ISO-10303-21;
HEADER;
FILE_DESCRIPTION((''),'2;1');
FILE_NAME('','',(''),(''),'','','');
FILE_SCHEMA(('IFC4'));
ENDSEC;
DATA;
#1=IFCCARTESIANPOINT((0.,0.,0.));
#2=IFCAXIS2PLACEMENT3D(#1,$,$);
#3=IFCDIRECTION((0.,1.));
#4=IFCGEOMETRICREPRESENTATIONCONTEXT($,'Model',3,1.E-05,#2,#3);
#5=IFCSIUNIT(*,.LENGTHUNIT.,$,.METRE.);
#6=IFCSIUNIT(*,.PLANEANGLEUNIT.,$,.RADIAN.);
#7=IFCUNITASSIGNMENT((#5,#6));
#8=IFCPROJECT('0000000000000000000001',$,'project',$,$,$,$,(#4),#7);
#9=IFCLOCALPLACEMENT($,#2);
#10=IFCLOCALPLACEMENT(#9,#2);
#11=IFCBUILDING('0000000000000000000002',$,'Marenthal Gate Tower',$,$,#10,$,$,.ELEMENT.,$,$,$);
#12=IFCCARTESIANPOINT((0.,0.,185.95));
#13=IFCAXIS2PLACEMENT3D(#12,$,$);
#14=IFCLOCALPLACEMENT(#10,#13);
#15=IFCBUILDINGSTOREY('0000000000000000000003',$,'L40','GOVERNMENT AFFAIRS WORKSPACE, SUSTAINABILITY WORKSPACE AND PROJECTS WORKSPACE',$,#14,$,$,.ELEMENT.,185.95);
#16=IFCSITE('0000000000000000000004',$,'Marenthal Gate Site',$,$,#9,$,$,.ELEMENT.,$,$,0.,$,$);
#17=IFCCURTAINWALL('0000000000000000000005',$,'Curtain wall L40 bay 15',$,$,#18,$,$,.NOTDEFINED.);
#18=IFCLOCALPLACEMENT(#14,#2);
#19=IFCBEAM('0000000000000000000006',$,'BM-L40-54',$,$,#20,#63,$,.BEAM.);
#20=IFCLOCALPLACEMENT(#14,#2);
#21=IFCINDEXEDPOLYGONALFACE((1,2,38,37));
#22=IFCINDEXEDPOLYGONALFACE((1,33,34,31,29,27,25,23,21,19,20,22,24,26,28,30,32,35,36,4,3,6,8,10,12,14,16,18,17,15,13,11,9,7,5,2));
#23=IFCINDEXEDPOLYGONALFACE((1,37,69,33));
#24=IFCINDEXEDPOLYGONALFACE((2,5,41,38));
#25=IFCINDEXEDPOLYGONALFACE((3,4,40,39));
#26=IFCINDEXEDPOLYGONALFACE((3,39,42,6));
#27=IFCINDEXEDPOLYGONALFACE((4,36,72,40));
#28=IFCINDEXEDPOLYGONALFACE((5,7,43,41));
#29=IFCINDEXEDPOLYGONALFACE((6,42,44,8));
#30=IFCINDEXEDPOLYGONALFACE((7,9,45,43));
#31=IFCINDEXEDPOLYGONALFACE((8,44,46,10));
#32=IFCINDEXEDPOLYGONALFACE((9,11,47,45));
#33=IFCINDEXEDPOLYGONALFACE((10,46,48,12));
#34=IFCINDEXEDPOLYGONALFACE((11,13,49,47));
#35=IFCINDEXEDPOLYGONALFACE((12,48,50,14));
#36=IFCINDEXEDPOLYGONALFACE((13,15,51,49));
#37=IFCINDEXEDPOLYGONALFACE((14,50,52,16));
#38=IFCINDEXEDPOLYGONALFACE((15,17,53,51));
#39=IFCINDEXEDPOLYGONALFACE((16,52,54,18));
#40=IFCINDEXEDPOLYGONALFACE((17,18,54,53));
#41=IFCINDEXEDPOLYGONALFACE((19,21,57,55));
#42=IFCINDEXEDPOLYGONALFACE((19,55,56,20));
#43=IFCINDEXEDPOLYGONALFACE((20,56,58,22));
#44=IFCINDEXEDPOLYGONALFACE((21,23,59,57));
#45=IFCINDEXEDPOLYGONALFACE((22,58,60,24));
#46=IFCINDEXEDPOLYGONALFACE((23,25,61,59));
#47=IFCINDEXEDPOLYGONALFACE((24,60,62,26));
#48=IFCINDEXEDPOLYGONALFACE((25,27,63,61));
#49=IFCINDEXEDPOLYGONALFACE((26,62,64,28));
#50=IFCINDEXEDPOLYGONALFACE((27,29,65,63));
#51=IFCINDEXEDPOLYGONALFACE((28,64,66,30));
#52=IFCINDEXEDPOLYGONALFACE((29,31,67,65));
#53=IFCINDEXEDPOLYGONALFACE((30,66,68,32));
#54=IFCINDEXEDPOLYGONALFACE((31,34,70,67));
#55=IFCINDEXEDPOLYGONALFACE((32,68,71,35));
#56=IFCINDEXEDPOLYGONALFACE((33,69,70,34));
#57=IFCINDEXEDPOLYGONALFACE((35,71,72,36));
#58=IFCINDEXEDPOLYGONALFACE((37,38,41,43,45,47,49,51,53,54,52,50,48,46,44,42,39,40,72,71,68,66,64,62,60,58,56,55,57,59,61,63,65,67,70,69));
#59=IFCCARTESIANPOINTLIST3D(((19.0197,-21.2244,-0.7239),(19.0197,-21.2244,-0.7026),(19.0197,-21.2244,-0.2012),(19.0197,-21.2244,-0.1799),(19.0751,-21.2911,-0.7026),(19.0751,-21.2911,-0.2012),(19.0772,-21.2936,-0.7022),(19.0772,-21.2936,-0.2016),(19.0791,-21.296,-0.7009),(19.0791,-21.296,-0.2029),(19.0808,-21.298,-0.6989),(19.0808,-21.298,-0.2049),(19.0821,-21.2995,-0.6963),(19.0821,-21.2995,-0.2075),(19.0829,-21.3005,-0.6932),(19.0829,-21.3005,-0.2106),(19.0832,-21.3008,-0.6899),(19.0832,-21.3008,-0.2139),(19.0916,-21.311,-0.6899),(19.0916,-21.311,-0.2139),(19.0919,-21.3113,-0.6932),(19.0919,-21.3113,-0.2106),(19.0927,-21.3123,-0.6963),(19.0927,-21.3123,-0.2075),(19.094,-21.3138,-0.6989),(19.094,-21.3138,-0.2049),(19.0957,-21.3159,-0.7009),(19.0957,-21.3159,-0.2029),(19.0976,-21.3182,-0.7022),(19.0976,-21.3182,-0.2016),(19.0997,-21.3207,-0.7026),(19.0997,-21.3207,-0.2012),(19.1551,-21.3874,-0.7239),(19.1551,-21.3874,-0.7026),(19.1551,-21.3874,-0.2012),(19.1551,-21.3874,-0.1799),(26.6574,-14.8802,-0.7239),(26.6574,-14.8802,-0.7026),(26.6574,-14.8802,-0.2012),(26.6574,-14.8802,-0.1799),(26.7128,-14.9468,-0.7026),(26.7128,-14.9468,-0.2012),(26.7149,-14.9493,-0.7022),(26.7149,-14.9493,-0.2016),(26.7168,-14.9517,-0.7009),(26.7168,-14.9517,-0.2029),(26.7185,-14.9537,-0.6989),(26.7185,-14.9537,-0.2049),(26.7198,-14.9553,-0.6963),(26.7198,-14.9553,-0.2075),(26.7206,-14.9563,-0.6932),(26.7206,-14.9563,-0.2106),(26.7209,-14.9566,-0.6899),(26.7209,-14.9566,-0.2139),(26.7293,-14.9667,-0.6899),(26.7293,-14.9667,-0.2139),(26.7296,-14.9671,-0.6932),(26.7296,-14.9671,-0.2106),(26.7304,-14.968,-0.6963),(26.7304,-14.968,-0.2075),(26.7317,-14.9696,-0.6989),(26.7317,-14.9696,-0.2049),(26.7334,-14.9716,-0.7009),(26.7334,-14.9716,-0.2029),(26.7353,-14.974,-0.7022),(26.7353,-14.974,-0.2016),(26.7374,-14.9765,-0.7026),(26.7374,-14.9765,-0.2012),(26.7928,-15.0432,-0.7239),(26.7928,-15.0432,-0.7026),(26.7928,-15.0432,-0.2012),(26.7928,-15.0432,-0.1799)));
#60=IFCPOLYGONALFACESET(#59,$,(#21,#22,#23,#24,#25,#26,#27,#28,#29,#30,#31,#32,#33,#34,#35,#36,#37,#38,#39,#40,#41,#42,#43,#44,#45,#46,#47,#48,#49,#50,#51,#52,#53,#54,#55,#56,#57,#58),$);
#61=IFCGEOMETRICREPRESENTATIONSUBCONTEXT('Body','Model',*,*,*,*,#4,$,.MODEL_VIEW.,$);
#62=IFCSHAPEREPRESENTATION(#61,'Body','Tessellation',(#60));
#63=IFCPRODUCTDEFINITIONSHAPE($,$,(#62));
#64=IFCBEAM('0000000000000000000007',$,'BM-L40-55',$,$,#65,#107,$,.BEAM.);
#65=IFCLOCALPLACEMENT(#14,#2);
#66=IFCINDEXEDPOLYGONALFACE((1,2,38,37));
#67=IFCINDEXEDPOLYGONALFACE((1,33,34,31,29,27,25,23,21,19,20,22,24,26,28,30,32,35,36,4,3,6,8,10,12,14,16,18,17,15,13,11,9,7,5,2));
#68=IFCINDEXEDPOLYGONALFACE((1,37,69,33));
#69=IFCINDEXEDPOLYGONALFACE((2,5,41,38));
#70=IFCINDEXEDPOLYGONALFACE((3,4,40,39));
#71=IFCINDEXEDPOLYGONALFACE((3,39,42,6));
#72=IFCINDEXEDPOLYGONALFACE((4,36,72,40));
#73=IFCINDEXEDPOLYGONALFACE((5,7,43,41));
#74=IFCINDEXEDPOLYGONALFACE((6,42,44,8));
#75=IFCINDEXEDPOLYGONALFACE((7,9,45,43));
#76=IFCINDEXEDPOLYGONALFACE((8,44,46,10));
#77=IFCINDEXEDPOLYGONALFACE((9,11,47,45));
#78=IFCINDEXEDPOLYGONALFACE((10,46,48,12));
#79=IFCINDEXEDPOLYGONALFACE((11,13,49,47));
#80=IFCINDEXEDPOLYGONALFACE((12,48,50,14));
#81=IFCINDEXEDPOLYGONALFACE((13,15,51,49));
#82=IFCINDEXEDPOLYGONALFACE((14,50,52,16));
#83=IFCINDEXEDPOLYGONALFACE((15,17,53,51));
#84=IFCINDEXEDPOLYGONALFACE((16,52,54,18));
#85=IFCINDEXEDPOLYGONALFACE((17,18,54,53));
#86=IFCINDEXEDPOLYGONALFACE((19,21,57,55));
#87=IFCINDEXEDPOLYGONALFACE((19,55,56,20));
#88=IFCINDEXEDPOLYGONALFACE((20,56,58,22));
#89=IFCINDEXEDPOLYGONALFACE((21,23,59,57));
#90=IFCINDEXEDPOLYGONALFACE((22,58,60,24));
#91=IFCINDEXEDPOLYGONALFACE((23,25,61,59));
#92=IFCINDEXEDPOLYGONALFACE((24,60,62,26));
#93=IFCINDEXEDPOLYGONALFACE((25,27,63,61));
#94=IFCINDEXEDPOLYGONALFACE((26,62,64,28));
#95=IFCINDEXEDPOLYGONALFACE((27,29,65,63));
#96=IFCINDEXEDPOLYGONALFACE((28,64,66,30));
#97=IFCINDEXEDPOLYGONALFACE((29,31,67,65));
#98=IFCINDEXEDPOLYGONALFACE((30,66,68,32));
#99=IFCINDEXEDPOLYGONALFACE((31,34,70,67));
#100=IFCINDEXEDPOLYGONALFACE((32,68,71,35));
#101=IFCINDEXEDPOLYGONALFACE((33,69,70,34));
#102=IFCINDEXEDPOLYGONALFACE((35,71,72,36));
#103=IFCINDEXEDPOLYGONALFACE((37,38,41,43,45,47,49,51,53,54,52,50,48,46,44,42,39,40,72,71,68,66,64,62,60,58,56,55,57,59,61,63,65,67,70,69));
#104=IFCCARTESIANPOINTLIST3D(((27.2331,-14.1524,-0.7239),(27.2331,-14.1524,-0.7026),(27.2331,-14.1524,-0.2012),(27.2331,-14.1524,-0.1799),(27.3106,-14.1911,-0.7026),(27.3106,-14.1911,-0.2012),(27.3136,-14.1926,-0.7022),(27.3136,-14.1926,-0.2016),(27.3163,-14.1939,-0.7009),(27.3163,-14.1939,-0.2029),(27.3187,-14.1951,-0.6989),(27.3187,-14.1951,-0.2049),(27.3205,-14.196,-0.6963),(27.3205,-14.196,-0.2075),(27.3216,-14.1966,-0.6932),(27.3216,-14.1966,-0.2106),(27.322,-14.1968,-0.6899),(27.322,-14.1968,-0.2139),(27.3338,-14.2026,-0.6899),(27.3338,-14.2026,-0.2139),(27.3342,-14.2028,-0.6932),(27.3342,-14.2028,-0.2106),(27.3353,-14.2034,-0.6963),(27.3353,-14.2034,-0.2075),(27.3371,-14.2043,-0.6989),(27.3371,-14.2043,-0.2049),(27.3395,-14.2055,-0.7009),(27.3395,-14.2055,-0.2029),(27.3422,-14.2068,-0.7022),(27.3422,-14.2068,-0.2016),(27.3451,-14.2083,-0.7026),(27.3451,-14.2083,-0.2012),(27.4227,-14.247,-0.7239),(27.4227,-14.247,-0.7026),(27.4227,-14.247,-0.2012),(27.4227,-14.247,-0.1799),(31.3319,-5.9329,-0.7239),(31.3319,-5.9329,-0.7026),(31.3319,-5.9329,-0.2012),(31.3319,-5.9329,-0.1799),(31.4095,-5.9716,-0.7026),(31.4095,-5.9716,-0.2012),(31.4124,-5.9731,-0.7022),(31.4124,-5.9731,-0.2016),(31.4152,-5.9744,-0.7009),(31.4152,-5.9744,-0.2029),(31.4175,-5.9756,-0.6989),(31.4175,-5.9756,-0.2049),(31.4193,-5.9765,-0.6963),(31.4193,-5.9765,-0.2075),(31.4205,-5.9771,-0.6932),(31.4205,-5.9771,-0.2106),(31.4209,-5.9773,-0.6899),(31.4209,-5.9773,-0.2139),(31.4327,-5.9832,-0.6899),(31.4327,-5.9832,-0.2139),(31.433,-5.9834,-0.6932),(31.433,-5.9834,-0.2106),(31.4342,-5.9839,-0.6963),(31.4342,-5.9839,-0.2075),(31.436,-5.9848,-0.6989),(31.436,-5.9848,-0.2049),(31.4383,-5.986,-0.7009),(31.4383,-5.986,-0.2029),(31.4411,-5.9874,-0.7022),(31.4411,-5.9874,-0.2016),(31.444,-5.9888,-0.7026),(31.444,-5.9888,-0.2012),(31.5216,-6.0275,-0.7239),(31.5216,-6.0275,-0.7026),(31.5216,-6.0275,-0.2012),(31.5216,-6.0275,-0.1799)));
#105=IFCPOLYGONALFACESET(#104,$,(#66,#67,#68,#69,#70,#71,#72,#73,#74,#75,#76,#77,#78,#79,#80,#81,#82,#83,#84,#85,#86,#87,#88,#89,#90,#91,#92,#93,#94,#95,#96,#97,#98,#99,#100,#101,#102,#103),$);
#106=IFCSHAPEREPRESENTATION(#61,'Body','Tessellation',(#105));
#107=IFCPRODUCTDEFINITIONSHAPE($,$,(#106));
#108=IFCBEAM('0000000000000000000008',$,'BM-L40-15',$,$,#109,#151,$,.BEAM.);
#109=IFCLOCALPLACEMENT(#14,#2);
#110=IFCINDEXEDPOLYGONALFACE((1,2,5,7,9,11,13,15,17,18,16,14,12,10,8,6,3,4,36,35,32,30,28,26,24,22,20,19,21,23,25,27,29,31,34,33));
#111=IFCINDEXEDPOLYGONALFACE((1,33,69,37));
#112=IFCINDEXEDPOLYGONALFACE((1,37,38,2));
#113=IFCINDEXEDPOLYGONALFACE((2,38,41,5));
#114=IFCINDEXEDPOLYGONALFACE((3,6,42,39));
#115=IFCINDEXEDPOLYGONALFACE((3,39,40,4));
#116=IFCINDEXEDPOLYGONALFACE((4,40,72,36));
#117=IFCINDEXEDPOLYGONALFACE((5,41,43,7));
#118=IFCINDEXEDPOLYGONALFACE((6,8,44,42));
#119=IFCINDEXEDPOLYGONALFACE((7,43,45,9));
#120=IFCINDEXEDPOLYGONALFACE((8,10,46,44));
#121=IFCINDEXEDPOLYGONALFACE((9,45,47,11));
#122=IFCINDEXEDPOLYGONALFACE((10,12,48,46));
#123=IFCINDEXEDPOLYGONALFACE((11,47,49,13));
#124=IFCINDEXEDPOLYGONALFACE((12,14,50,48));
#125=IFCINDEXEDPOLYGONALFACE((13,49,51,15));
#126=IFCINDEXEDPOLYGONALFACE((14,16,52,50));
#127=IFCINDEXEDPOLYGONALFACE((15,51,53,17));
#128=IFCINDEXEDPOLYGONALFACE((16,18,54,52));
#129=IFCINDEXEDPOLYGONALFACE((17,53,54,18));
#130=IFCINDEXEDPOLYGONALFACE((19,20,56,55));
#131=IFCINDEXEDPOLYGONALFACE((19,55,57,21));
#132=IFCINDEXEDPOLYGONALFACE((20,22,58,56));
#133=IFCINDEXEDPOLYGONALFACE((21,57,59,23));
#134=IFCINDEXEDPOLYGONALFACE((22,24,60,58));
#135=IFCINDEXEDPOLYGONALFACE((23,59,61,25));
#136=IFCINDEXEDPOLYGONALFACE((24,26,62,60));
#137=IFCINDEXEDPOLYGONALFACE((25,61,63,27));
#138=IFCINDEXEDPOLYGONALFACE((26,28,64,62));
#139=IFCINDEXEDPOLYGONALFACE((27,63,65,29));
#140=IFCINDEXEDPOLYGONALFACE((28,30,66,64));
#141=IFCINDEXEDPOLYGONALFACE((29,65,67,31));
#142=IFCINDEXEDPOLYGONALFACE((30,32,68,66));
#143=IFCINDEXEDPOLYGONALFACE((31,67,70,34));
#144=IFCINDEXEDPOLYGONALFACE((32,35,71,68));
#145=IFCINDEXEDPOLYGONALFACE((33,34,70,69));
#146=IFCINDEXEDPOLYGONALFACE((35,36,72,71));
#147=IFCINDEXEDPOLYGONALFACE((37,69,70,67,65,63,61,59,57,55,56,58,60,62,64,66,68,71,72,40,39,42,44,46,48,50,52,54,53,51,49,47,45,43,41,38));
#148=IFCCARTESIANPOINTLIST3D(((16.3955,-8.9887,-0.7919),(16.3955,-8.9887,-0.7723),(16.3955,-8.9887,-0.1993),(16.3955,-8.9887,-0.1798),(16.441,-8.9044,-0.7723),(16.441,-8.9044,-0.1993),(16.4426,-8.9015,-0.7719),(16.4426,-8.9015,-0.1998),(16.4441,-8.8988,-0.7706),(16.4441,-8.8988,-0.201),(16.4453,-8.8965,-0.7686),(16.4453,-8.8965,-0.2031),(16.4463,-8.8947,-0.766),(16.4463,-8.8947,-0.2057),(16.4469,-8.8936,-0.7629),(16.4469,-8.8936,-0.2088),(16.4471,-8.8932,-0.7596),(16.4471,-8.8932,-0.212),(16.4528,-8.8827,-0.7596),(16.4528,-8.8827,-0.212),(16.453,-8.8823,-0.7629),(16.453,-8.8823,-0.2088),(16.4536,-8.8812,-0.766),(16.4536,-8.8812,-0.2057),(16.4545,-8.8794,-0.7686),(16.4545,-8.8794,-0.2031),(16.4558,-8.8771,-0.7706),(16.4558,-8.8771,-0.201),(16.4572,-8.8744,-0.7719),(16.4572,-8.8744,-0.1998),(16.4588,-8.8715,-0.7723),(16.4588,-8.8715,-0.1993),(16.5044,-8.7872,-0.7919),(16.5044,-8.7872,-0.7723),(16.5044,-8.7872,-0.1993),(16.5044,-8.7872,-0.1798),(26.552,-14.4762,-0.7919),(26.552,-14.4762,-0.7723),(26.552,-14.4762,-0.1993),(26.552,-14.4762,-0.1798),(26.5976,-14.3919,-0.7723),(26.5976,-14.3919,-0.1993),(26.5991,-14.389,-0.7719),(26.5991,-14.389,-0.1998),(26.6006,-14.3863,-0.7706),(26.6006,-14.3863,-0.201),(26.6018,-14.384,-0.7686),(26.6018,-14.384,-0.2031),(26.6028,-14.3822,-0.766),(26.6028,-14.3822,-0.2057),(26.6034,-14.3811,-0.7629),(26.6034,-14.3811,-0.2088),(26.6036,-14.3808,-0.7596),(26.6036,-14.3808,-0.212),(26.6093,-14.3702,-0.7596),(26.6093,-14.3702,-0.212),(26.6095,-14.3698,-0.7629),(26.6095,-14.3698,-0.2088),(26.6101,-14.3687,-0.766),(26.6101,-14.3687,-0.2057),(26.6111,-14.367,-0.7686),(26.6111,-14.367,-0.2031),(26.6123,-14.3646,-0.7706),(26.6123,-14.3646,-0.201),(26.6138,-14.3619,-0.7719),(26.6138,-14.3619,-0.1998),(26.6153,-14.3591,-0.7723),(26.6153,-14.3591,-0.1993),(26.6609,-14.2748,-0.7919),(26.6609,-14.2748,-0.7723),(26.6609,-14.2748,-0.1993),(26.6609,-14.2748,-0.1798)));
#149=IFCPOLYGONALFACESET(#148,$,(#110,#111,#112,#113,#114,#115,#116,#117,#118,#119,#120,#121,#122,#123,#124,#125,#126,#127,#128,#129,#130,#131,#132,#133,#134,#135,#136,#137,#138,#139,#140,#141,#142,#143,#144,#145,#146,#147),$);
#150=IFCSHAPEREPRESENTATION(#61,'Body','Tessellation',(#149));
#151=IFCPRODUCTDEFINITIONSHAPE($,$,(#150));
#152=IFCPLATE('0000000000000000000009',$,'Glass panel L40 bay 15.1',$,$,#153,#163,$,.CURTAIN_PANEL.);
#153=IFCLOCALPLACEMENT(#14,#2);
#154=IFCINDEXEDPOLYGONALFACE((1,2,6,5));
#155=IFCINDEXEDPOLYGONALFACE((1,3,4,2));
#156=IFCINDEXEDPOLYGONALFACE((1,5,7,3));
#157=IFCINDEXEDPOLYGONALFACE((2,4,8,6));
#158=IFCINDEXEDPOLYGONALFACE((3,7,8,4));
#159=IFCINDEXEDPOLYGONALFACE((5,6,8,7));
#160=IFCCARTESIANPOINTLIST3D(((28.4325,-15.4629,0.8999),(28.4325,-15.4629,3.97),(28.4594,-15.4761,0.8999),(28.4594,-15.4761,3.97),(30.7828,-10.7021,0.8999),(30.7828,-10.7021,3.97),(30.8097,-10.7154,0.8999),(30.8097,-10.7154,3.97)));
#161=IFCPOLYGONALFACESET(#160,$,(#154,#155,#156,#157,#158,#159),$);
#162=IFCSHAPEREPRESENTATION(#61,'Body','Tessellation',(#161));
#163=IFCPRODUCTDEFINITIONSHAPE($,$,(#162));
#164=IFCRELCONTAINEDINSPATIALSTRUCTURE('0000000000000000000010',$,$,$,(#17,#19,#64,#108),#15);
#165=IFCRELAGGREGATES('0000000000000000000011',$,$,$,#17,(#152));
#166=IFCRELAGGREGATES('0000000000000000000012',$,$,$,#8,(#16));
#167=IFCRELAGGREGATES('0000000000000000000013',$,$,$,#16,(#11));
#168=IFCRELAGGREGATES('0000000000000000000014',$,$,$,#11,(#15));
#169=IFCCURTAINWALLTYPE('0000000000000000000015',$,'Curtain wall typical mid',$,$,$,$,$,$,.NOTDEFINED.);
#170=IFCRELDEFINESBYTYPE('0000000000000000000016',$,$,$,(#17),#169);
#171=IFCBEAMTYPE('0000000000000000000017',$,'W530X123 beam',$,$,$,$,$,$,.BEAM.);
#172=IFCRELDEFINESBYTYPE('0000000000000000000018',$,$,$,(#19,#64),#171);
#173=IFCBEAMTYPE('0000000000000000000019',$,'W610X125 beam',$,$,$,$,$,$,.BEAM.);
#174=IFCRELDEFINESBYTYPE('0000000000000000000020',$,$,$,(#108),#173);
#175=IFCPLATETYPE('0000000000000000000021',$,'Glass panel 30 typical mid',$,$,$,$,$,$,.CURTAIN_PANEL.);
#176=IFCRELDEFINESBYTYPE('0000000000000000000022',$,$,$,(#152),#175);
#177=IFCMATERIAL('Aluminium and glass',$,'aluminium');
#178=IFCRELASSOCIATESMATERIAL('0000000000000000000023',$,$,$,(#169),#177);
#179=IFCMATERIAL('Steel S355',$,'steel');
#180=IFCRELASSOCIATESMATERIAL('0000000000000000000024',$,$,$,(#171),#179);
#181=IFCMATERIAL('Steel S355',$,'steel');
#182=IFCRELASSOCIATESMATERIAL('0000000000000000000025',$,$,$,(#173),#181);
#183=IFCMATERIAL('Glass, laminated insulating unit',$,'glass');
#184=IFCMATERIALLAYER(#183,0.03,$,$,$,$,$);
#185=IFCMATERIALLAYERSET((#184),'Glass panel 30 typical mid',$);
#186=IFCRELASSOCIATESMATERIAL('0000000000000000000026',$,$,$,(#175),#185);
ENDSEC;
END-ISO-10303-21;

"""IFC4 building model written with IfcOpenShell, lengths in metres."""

from ifc_helpers import new_model, si_unit, direction, frame, origin, origin_2d, place, context, subcontext, project, spatial, rectangle, i_section, extrude, material, layer, layer_set, material_profile, profile_set, type_object, element, aggregate, save


model = new_model("IFC4")

# Units and contexts
model_context = context("Model", 3, precision=1e-05, world=origin(), true_north=direction((0.0, 1.0)))
body_context = subcontext(model_context, "Body", "Model", "MODEL_VIEW")
ifc_project = project(units=[si_unit("LENGTHUNIT", "METRE"), si_unit("PLANEANGLEUNIT", "RADIAN")], contexts=[model_context])

# Site, building, storey
site_placement = place(None, origin())
site = spatial("IfcSite", under=ifc_project, at=site_placement, Name="Marenthal Gate Site", CompositionType="ELEMENT", RefElevation=0.0)
building_placement = place(site_placement, origin())
building = spatial("IfcBuilding", under=site, at=building_placement, Name="Marenthal Gate Tower", CompositionType="ELEMENT")
storey_placement = place(building_placement, frame((0.0, 0.0, 185.95)))
storey = spatial("IfcBuildingStorey", under=building, at=storey_placement, Name="L40", Description="GOVERNMENT AFFAIRS WORKSPACE, SUSTAINABILITY WORKSPACE AND PROJECTS WORKSPACE", CompositionType="ELEMENT", Elevation=185.95)

# Shared definitions
ifc_material_1 = material(Name="Aluminium and glass", Category="aluminium")
curtain_wall_type = type_object("IfcCurtainWallType", Name="Curtain wall typical mid", PredefinedType="NOTDEFINED", material=ifc_material_1)

# Curtain wall
curtain_wall_1_placement = place(storey_placement, origin())
curtain_wall_1 = element("IfcCurtainWall", 1, at=curtain_wall_1_placement, inside=storey, type_object=curtain_wall_type, Name="Curtain wall L40 bay 15", PredefinedType="NOTDEFINED")

# Beams
ifc_material_2 = material(Name="Steel S355", Category="steel")
ifc_material_profile_1 = material_profile(ifc_material_2, i_section(OverallWidth=0.2119, OverallDepth=0.5439, WebThickness=0.0132, FlangeThickness=0.0212, FilletRadius=0.0127, at=origin_2d()), Name="W530X123")
ifc_profile_set_1 = profile_set([ifc_material_profile_1], Name="Steel S355")
beam_type_1 = type_object("IfcBeamType", Name="W530X123 beam", PredefinedType="BEAM", material=ifc_profile_set_1)
beam_1_placement = place(storey_placement, frame((19.0874, -21.3059, -0.4519), z_axis=(0.769236, 0.638965, 0.0), x_axis=(-0.638965, 0.769236, 0.0)))
element("IfcBeam", 2, at=beam_1_placement, inside=storey, type_object=beam_type_1, Name="BM-L40-54", PredefinedType="BEAM", context=body_context, shape_type="SweptSolid", body=[
    extrude(i_section(OverallWidth=0.2119, OverallDepth=0.5439, WebThickness=0.0132, FlangeThickness=0.0212, FilletRadius=0.0127, at=origin_2d()), origin(), (0.0, 0.0, 1.0), 9.929),
])
beam_2_placement = place(storey_placement, frame((27.3279, -14.1997, -0.4519), z_axis=(0.446267, 0.8949, 0.0), x_axis=(-0.8949, 0.446267, 0.0)))
element("IfcBeam", 3, at=beam_2_placement, inside=storey, type_object=beam_type_1, Name="BM-L40-55", PredefinedType="BEAM", context=body_context, shape_type="SweptSolid", body=[
    extrude(i_section(OverallWidth=0.2119, OverallDepth=0.5439, WebThickness=0.0132, FlangeThickness=0.0212, FilletRadius=0.0127, at=origin_2d()), origin(), (0.0, 0.0, 1.0), 9.1848),
])
ifc_material_3 = material(Name="Steel S355", Category="steel")
ifc_material_profile_2 = material_profile(ifc_material_3, i_section(OverallWidth=0.229, OverallDepth=0.6121, WebThickness=0.012, FlangeThickness=0.0195, FilletRadius=0.0127, at=origin_2d()), Name="W610X125")
ifc_profile_set_2 = profile_set([ifc_material_profile_2], Name="Steel S355")
beam_type_2 = type_object("IfcBeamType", Name="W610X125 beam", PredefinedType="BEAM", material=ifc_profile_set_2)
beam_3_placement = place(storey_placement, frame((26.6064, -14.3755, -0.4858), z_axis=(-0.879795, 0.475353, 0.0), x_axis=(-0.475353, -0.879795, 0.0)))
element("IfcBeam", 4, at=beam_3_placement, inside=storey, type_object=beam_type_2, Name="BM-L40-15", PredefinedType="BEAM", context=body_context, shape_type="SweptSolid", body=[
    extrude(i_section(OverallWidth=0.229, OverallDepth=0.6121, WebThickness=0.012, FlangeThickness=0.0195, FilletRadius=0.0127, at=origin_2d()), origin(), (0.0, 0.0, 1.0), 11.5442),
])

# Plate
ifc_material_4 = material(Name="Glass, laminated insulating unit", Category="glass")
ifc_layer_1 = layer(ifc_material_4, 0.03)
ifc_layer_set_1 = layer_set([ifc_layer_1], Name="Glass panel 30 typical mid")
plate_type = type_object("IfcPlateType", Name="Glass panel 30 typical mid", PredefinedType="CURTAIN_PANEL", material=ifc_layer_set_1)
plate_placement = place(storey_placement, frame((29.6211, -13.0891, 0.8999), z_axis=(0.0, 0.0, 1.0), x_axis=(0.442678, 0.896681, 0.0)))
plate = element("IfcPlate", 5, at=plate_placement, type_object=plate_type, Name="Glass panel L40 bay 15.1", PredefinedType="CURTAIN_PANEL", context=body_context, shape_type="SweptSolid", body=[
    extrude(rectangle(XDim=5.3093, YDim=0.03, at=origin_2d()), origin(), (0.0, 0.0, 1.0), 3.0701),
])
aggregate(curtain_wall_1, [plate])

save(model, "model.ifc")
